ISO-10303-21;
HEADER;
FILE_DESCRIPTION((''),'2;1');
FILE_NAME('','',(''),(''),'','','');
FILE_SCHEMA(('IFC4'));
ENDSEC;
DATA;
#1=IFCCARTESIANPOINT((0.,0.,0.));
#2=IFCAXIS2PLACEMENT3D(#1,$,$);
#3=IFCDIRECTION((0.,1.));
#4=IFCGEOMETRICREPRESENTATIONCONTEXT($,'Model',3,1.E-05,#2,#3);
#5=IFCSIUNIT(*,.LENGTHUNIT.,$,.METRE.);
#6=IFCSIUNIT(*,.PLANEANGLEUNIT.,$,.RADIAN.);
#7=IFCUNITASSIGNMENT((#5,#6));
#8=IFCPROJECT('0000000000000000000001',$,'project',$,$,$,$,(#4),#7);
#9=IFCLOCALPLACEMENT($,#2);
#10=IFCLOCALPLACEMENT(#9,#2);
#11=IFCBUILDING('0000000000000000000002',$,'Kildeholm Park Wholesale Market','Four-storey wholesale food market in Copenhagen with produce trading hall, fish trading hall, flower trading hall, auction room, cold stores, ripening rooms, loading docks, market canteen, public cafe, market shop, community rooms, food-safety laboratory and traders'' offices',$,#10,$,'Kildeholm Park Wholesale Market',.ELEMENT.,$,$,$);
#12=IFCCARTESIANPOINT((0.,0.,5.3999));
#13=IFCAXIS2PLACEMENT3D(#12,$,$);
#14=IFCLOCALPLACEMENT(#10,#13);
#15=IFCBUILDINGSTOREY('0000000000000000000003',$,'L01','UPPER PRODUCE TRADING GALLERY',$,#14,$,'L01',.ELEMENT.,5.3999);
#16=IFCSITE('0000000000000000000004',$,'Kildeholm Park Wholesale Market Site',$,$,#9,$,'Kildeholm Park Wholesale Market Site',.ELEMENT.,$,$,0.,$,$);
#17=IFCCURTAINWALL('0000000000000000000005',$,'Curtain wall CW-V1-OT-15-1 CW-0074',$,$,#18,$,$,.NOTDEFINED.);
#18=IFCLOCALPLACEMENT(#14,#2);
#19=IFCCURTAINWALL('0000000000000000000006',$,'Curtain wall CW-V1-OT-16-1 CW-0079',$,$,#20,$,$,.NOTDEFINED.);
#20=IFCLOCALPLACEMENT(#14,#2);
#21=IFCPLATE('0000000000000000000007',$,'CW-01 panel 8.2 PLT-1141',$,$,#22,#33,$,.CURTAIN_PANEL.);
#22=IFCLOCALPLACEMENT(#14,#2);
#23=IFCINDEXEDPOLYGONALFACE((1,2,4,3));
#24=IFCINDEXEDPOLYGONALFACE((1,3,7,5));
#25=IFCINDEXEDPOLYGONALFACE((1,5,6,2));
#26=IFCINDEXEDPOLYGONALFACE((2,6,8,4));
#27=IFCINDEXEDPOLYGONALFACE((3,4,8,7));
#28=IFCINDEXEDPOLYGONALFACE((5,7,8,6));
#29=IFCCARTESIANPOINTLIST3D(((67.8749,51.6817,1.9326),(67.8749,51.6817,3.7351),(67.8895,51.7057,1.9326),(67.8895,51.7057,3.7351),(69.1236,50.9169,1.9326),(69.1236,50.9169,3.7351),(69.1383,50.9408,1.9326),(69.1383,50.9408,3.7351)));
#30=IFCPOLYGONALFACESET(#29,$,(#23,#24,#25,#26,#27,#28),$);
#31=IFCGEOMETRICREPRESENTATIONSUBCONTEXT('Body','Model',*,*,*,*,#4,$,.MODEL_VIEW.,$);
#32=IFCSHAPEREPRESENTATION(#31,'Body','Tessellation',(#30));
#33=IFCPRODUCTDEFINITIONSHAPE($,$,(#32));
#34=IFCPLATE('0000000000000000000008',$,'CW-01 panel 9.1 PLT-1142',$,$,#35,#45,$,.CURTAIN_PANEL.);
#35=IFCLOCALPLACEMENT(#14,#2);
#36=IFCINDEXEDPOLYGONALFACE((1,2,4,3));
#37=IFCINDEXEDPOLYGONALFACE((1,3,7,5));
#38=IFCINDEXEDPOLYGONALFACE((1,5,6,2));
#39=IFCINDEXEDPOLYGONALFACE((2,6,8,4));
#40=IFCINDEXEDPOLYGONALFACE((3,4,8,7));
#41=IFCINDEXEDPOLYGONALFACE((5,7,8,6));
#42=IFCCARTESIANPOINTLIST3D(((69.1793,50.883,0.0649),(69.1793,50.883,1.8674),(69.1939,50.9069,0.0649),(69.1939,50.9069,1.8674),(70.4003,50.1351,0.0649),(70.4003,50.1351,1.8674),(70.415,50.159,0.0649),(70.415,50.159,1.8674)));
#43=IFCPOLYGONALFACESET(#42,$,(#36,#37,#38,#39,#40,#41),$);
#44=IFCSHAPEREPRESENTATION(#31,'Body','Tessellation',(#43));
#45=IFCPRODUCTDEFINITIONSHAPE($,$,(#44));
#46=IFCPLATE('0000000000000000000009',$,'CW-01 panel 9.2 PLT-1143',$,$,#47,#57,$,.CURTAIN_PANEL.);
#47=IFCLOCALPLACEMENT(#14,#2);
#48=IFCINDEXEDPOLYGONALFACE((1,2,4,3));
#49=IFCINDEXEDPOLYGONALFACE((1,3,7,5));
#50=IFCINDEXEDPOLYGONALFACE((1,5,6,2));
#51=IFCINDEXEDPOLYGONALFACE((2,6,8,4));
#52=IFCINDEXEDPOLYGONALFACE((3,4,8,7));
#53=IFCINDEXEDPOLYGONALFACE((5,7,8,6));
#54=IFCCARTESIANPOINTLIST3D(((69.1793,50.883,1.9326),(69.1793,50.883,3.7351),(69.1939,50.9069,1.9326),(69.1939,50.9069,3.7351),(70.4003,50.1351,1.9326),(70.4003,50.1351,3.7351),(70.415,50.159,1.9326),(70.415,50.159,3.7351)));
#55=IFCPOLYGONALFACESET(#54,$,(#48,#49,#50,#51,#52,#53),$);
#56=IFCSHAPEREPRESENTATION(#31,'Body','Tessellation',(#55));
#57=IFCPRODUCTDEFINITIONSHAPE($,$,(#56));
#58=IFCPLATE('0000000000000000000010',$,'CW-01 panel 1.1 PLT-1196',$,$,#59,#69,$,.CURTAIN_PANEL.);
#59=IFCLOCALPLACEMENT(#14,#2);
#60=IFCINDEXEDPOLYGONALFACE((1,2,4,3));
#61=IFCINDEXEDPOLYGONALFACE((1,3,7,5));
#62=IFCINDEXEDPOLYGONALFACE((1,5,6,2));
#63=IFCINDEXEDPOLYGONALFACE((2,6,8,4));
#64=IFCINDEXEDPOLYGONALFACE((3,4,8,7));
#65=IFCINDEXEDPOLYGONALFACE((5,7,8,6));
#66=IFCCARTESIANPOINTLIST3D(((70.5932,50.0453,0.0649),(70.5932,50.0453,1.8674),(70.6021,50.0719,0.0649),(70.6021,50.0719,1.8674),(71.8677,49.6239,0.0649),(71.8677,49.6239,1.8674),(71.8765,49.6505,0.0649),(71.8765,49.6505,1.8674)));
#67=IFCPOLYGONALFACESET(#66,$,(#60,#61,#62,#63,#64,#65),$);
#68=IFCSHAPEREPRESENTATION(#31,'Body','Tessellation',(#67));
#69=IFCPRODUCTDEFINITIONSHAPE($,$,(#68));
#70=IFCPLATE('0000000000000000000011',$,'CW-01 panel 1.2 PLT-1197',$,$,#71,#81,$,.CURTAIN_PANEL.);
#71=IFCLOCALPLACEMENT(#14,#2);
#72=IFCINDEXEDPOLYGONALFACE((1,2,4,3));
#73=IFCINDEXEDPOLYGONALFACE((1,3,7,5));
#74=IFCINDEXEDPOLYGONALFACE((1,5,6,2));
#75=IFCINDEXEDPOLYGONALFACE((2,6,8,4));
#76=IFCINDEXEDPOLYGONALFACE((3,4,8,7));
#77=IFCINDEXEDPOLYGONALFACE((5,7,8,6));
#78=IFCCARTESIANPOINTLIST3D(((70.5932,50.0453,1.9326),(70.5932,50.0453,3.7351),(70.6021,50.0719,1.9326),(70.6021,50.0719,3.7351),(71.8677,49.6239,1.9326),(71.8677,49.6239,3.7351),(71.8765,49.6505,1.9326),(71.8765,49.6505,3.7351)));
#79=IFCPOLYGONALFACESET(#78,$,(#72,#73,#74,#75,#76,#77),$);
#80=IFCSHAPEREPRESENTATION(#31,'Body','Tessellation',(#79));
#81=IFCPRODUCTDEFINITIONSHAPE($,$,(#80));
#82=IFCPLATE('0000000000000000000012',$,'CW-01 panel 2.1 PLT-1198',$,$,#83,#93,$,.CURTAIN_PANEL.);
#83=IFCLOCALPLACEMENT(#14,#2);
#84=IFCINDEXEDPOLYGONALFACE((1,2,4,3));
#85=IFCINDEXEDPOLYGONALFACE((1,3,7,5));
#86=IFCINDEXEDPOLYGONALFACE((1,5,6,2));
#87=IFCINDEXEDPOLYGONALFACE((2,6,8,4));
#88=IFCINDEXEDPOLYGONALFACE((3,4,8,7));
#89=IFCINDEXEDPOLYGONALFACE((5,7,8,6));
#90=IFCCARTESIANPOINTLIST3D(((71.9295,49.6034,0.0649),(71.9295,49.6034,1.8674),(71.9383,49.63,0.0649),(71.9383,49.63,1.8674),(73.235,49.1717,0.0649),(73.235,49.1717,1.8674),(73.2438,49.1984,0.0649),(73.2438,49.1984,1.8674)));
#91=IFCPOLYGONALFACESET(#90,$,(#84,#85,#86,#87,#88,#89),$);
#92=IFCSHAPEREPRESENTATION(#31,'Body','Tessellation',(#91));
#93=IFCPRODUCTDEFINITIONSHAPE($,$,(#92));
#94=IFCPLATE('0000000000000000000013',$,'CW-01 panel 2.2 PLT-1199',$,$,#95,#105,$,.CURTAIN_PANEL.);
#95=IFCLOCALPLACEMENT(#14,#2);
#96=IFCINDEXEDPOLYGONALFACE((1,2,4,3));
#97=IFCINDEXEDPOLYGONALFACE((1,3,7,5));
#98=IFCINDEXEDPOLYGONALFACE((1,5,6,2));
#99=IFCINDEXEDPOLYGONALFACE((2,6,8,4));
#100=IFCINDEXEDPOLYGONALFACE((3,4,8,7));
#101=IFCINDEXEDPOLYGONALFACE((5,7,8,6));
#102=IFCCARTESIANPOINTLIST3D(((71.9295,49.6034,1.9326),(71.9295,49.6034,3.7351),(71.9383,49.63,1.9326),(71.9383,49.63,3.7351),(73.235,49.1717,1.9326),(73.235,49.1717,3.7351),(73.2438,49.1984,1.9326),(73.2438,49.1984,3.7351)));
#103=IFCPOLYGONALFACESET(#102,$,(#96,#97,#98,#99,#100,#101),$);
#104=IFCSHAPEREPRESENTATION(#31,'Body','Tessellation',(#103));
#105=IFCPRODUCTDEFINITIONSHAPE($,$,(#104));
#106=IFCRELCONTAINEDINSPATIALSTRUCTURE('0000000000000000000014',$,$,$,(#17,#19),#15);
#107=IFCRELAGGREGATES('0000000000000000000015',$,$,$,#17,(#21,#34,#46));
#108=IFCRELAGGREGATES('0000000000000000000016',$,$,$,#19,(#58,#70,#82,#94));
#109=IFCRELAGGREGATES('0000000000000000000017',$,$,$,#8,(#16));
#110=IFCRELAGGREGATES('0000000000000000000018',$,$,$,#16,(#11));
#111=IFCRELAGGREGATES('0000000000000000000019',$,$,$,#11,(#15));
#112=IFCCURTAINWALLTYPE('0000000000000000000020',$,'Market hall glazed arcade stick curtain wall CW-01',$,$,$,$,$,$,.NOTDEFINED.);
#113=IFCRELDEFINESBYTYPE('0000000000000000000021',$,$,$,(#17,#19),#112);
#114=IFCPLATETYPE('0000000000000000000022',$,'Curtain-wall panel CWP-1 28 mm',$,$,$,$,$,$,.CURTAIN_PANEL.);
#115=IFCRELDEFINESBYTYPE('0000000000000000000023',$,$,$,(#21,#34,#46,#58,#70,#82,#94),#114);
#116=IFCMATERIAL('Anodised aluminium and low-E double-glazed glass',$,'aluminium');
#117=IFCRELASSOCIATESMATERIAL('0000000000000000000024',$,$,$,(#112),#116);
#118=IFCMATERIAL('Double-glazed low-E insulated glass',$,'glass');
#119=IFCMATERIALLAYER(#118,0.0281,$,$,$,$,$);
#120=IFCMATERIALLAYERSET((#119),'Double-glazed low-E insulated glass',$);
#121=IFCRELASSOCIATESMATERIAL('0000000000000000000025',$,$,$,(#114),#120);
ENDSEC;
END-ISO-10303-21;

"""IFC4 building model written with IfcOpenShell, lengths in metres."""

from ifc_helpers import new_model, si_unit, direction, frame, origin, origin_2d, place, context, subcontext, project, spatial, rectangle, extrude, material, layer, layer_set, type_object, element, aggregate, save


model = new_model("IFC4")

# Units and contexts
model_context = context("Model", 3, precision=1e-05, world=origin(), true_north=direction((0.0, 1.0)))
body_context = subcontext(model_context, "Body", "Model", "MODEL_VIEW")
ifc_project = project(units=[si_unit("LENGTHUNIT", "METRE"), si_unit("PLANEANGLEUNIT", "RADIAN")], contexts=[model_context])

# Site, building, storey
site_placement = place(None, origin())
site = spatial("IfcSite", under=ifc_project, at=site_placement, Name="Kildeholm Park Wholesale Market Site", LongName="Kildeholm Park Wholesale Market Site", CompositionType="ELEMENT", RefElevation=0.0)
building_placement = place(site_placement, origin())
building = spatial("IfcBuilding", under=site, at=building_placement, Name="Kildeholm Park Wholesale Market", Description="Four-storey wholesale food market in Copenhagen with produce trading hall, fish trading hall, flower trading hall, auction room, cold stores, ripening rooms, loading docks, market canteen, public cafe, market shop, community rooms, food-safety laboratory and traders' offices", LongName="Kildeholm Park Wholesale Market", CompositionType="ELEMENT")
storey_placement = place(building_placement, frame((0.0, 0.0, 5.3999)))
storey = spatial("IfcBuildingStorey", under=building, at=storey_placement, Name="L01", Description="UPPER PRODUCE TRADING GALLERY", LongName="L01", CompositionType="ELEMENT", Elevation=5.3999)

# Curtain walls
ifc_material_1 = material(Name="Anodised aluminium and low-E double-glazed glass", Category="aluminium")
curtain_wall_type = type_object("IfcCurtainWallType", Name="Market hall glazed arcade stick curtain wall CW-01", PredefinedType="NOTDEFINED", material=ifc_material_1)
curtain_wall_1_placement = place(storey_placement, origin())
curtain_wall_1 = element("IfcCurtainWall", 1, at=curtain_wall_1_placement, inside=storey, type_object=curtain_wall_type, Name="Curtain wall CW-V1-OT-15-1 CW-0074", PredefinedType="NOTDEFINED")
curtain_wall_2_placement = place(storey_placement, origin())
curtain_wall_2 = element("IfcCurtainWall", 2, at=curtain_wall_2_placement, inside=storey, type_object=curtain_wall_type, Name="Curtain wall CW-V1-OT-16-1 CW-0079", PredefinedType="NOTDEFINED")

# Plates
ifc_material_2 = material(Name="Double-glazed low-E insulated glass", Category="glass")
ifc_layer = layer(ifc_material_2, 0.0281)
ifc_layer_set = layer_set([ifc_layer], Name="Double-glazed low-E insulated glass")
plate_type = type_object("IfcPlateType", Name="Curtain-wall panel CWP-1 28 mm", PredefinedType="CURTAIN_PANEL", material=ifc_layer_set)
plate_1_placement = place(storey_placement, frame((68.5066, 51.3113, 1.9326), z_axis=(0.0, 0.0, 1.0), x_axis=(0.852771, -0.522284, 0.0)))
plate_1 = element("IfcPlate", 3, at=plate_1_placement, type_object=plate_type, Name="CW-01 panel 8.2 PLT-1141", PredefinedType="CURTAIN_PANEL", context=body_context, shape_type="SweptSolid", body=[
    extrude(rectangle(XDim=1.4644, YDim=0.0281, at=origin_2d()), origin(), (0.0, 0.0, 1.0), 1.8025),
])
plate_2_placement = place(storey_placement, frame((69.7971, 50.521, 0.0649), z_axis=(0.0, 0.0, 1.0), x_axis=(0.852771, -0.522284, 0.0)))
plate_2 = element("IfcPlate", 4, at=plate_2_placement, type_object=plate_type, Name="CW-01 panel 9.1 PLT-1142", PredefinedType="CURTAIN_PANEL", context=body_context, shape_type="SweptSolid", body=[
    extrude(rectangle(XDim=1.4319, YDim=0.0281, at=origin_2d()), origin(), (0.0, 0.0, 1.0), 1.8025),
])
plate_3_placement = place(storey_placement, frame((69.7971, 50.521, 1.9326), z_axis=(0.0, 0.0, 1.0), x_axis=(0.852771, -0.522284, 0.0)))
plate_3 = element("IfcPlate", 5, at=plate_3_placement, type_object=plate_type, Name="CW-01 panel 9.2 PLT-1143", PredefinedType="CURTAIN_PANEL", context=body_context, shape_type="SweptSolid", body=[
    extrude(rectangle(XDim=1.4319, YDim=0.0281, at=origin_2d()), origin(), (0.0, 0.0, 1.0), 1.8025),
])
aggregate(curtain_wall_1, [plate_1, plate_2, plate_3])
plate_4_placement = place(storey_placement, frame((71.2349, 49.8479, 0.0649), z_axis=(0.0, 0.0, 1.0), x_axis=(0.949451, -0.313914, 0.0)))
plate_4 = element("IfcPlate", 6, at=plate_4_placement, type_object=plate_type, Name="CW-01 panel 1.1 PLT-1196", PredefinedType="CURTAIN_PANEL", context=body_context, shape_type="SweptSolid", body=[
    extrude(rectangle(XDim=1.3423, YDim=0.0281, at=origin_2d()), origin(), (0.0, 0.0, 1.0), 1.8025),
])
plate_5_placement = place(storey_placement, frame((71.2349, 49.8479, 1.9326), z_axis=(0.0, 0.0, 1.0), x_axis=(0.949451, -0.313914, 0.0)))
plate_5 = element("IfcPlate", 7, at=plate_5_placement, type_object=plate_type, Name="CW-01 panel 1.2 PLT-1197", PredefinedType="CURTAIN_PANEL", context=body_context, shape_type="SweptSolid", body=[
    extrude(rectangle(XDim=1.3423, YDim=0.0281, at=origin_2d()), origin(), (0.0, 0.0, 1.0), 1.8025),
])
plate_6_placement = place(storey_placement, frame((72.5867, 49.4009, 0.0649), z_axis=(0.0, 0.0, 1.0), x_axis=(0.949451, -0.313914, 0.0)))
plate_6 = element("IfcPlate", 8, at=plate_6_placement, type_object=plate_type, Name="CW-01 panel 2.1 PLT-1198", PredefinedType="CURTAIN_PANEL", context=body_context, shape_type="SweptSolid", body=[
    extrude(rectangle(XDim=1.375, YDim=0.0281, at=origin_2d()), origin(), (0.0, 0.0, 1.0), 1.8025),
])
plate_7_placement = place(storey_placement, frame((72.5867, 49.4009, 1.9326), z_axis=(0.0, 0.0, 1.0), x_axis=(0.949451, -0.313914, 0.0)))
plate_7 = element("IfcPlate", 9, at=plate_7_placement, type_object=plate_type, Name="CW-01 panel 2.2 PLT-1199", PredefinedType="CURTAIN_PANEL", context=body_context, shape_type="SweptSolid", body=[
    extrude(rectangle(XDim=1.375, YDim=0.0281, at=origin_2d()), origin(), (0.0, 0.0, 1.0), 1.8025),
])
aggregate(curtain_wall_2, [plate_4, plate_5, plate_6, plate_7])

save(model, "model.ifc")
